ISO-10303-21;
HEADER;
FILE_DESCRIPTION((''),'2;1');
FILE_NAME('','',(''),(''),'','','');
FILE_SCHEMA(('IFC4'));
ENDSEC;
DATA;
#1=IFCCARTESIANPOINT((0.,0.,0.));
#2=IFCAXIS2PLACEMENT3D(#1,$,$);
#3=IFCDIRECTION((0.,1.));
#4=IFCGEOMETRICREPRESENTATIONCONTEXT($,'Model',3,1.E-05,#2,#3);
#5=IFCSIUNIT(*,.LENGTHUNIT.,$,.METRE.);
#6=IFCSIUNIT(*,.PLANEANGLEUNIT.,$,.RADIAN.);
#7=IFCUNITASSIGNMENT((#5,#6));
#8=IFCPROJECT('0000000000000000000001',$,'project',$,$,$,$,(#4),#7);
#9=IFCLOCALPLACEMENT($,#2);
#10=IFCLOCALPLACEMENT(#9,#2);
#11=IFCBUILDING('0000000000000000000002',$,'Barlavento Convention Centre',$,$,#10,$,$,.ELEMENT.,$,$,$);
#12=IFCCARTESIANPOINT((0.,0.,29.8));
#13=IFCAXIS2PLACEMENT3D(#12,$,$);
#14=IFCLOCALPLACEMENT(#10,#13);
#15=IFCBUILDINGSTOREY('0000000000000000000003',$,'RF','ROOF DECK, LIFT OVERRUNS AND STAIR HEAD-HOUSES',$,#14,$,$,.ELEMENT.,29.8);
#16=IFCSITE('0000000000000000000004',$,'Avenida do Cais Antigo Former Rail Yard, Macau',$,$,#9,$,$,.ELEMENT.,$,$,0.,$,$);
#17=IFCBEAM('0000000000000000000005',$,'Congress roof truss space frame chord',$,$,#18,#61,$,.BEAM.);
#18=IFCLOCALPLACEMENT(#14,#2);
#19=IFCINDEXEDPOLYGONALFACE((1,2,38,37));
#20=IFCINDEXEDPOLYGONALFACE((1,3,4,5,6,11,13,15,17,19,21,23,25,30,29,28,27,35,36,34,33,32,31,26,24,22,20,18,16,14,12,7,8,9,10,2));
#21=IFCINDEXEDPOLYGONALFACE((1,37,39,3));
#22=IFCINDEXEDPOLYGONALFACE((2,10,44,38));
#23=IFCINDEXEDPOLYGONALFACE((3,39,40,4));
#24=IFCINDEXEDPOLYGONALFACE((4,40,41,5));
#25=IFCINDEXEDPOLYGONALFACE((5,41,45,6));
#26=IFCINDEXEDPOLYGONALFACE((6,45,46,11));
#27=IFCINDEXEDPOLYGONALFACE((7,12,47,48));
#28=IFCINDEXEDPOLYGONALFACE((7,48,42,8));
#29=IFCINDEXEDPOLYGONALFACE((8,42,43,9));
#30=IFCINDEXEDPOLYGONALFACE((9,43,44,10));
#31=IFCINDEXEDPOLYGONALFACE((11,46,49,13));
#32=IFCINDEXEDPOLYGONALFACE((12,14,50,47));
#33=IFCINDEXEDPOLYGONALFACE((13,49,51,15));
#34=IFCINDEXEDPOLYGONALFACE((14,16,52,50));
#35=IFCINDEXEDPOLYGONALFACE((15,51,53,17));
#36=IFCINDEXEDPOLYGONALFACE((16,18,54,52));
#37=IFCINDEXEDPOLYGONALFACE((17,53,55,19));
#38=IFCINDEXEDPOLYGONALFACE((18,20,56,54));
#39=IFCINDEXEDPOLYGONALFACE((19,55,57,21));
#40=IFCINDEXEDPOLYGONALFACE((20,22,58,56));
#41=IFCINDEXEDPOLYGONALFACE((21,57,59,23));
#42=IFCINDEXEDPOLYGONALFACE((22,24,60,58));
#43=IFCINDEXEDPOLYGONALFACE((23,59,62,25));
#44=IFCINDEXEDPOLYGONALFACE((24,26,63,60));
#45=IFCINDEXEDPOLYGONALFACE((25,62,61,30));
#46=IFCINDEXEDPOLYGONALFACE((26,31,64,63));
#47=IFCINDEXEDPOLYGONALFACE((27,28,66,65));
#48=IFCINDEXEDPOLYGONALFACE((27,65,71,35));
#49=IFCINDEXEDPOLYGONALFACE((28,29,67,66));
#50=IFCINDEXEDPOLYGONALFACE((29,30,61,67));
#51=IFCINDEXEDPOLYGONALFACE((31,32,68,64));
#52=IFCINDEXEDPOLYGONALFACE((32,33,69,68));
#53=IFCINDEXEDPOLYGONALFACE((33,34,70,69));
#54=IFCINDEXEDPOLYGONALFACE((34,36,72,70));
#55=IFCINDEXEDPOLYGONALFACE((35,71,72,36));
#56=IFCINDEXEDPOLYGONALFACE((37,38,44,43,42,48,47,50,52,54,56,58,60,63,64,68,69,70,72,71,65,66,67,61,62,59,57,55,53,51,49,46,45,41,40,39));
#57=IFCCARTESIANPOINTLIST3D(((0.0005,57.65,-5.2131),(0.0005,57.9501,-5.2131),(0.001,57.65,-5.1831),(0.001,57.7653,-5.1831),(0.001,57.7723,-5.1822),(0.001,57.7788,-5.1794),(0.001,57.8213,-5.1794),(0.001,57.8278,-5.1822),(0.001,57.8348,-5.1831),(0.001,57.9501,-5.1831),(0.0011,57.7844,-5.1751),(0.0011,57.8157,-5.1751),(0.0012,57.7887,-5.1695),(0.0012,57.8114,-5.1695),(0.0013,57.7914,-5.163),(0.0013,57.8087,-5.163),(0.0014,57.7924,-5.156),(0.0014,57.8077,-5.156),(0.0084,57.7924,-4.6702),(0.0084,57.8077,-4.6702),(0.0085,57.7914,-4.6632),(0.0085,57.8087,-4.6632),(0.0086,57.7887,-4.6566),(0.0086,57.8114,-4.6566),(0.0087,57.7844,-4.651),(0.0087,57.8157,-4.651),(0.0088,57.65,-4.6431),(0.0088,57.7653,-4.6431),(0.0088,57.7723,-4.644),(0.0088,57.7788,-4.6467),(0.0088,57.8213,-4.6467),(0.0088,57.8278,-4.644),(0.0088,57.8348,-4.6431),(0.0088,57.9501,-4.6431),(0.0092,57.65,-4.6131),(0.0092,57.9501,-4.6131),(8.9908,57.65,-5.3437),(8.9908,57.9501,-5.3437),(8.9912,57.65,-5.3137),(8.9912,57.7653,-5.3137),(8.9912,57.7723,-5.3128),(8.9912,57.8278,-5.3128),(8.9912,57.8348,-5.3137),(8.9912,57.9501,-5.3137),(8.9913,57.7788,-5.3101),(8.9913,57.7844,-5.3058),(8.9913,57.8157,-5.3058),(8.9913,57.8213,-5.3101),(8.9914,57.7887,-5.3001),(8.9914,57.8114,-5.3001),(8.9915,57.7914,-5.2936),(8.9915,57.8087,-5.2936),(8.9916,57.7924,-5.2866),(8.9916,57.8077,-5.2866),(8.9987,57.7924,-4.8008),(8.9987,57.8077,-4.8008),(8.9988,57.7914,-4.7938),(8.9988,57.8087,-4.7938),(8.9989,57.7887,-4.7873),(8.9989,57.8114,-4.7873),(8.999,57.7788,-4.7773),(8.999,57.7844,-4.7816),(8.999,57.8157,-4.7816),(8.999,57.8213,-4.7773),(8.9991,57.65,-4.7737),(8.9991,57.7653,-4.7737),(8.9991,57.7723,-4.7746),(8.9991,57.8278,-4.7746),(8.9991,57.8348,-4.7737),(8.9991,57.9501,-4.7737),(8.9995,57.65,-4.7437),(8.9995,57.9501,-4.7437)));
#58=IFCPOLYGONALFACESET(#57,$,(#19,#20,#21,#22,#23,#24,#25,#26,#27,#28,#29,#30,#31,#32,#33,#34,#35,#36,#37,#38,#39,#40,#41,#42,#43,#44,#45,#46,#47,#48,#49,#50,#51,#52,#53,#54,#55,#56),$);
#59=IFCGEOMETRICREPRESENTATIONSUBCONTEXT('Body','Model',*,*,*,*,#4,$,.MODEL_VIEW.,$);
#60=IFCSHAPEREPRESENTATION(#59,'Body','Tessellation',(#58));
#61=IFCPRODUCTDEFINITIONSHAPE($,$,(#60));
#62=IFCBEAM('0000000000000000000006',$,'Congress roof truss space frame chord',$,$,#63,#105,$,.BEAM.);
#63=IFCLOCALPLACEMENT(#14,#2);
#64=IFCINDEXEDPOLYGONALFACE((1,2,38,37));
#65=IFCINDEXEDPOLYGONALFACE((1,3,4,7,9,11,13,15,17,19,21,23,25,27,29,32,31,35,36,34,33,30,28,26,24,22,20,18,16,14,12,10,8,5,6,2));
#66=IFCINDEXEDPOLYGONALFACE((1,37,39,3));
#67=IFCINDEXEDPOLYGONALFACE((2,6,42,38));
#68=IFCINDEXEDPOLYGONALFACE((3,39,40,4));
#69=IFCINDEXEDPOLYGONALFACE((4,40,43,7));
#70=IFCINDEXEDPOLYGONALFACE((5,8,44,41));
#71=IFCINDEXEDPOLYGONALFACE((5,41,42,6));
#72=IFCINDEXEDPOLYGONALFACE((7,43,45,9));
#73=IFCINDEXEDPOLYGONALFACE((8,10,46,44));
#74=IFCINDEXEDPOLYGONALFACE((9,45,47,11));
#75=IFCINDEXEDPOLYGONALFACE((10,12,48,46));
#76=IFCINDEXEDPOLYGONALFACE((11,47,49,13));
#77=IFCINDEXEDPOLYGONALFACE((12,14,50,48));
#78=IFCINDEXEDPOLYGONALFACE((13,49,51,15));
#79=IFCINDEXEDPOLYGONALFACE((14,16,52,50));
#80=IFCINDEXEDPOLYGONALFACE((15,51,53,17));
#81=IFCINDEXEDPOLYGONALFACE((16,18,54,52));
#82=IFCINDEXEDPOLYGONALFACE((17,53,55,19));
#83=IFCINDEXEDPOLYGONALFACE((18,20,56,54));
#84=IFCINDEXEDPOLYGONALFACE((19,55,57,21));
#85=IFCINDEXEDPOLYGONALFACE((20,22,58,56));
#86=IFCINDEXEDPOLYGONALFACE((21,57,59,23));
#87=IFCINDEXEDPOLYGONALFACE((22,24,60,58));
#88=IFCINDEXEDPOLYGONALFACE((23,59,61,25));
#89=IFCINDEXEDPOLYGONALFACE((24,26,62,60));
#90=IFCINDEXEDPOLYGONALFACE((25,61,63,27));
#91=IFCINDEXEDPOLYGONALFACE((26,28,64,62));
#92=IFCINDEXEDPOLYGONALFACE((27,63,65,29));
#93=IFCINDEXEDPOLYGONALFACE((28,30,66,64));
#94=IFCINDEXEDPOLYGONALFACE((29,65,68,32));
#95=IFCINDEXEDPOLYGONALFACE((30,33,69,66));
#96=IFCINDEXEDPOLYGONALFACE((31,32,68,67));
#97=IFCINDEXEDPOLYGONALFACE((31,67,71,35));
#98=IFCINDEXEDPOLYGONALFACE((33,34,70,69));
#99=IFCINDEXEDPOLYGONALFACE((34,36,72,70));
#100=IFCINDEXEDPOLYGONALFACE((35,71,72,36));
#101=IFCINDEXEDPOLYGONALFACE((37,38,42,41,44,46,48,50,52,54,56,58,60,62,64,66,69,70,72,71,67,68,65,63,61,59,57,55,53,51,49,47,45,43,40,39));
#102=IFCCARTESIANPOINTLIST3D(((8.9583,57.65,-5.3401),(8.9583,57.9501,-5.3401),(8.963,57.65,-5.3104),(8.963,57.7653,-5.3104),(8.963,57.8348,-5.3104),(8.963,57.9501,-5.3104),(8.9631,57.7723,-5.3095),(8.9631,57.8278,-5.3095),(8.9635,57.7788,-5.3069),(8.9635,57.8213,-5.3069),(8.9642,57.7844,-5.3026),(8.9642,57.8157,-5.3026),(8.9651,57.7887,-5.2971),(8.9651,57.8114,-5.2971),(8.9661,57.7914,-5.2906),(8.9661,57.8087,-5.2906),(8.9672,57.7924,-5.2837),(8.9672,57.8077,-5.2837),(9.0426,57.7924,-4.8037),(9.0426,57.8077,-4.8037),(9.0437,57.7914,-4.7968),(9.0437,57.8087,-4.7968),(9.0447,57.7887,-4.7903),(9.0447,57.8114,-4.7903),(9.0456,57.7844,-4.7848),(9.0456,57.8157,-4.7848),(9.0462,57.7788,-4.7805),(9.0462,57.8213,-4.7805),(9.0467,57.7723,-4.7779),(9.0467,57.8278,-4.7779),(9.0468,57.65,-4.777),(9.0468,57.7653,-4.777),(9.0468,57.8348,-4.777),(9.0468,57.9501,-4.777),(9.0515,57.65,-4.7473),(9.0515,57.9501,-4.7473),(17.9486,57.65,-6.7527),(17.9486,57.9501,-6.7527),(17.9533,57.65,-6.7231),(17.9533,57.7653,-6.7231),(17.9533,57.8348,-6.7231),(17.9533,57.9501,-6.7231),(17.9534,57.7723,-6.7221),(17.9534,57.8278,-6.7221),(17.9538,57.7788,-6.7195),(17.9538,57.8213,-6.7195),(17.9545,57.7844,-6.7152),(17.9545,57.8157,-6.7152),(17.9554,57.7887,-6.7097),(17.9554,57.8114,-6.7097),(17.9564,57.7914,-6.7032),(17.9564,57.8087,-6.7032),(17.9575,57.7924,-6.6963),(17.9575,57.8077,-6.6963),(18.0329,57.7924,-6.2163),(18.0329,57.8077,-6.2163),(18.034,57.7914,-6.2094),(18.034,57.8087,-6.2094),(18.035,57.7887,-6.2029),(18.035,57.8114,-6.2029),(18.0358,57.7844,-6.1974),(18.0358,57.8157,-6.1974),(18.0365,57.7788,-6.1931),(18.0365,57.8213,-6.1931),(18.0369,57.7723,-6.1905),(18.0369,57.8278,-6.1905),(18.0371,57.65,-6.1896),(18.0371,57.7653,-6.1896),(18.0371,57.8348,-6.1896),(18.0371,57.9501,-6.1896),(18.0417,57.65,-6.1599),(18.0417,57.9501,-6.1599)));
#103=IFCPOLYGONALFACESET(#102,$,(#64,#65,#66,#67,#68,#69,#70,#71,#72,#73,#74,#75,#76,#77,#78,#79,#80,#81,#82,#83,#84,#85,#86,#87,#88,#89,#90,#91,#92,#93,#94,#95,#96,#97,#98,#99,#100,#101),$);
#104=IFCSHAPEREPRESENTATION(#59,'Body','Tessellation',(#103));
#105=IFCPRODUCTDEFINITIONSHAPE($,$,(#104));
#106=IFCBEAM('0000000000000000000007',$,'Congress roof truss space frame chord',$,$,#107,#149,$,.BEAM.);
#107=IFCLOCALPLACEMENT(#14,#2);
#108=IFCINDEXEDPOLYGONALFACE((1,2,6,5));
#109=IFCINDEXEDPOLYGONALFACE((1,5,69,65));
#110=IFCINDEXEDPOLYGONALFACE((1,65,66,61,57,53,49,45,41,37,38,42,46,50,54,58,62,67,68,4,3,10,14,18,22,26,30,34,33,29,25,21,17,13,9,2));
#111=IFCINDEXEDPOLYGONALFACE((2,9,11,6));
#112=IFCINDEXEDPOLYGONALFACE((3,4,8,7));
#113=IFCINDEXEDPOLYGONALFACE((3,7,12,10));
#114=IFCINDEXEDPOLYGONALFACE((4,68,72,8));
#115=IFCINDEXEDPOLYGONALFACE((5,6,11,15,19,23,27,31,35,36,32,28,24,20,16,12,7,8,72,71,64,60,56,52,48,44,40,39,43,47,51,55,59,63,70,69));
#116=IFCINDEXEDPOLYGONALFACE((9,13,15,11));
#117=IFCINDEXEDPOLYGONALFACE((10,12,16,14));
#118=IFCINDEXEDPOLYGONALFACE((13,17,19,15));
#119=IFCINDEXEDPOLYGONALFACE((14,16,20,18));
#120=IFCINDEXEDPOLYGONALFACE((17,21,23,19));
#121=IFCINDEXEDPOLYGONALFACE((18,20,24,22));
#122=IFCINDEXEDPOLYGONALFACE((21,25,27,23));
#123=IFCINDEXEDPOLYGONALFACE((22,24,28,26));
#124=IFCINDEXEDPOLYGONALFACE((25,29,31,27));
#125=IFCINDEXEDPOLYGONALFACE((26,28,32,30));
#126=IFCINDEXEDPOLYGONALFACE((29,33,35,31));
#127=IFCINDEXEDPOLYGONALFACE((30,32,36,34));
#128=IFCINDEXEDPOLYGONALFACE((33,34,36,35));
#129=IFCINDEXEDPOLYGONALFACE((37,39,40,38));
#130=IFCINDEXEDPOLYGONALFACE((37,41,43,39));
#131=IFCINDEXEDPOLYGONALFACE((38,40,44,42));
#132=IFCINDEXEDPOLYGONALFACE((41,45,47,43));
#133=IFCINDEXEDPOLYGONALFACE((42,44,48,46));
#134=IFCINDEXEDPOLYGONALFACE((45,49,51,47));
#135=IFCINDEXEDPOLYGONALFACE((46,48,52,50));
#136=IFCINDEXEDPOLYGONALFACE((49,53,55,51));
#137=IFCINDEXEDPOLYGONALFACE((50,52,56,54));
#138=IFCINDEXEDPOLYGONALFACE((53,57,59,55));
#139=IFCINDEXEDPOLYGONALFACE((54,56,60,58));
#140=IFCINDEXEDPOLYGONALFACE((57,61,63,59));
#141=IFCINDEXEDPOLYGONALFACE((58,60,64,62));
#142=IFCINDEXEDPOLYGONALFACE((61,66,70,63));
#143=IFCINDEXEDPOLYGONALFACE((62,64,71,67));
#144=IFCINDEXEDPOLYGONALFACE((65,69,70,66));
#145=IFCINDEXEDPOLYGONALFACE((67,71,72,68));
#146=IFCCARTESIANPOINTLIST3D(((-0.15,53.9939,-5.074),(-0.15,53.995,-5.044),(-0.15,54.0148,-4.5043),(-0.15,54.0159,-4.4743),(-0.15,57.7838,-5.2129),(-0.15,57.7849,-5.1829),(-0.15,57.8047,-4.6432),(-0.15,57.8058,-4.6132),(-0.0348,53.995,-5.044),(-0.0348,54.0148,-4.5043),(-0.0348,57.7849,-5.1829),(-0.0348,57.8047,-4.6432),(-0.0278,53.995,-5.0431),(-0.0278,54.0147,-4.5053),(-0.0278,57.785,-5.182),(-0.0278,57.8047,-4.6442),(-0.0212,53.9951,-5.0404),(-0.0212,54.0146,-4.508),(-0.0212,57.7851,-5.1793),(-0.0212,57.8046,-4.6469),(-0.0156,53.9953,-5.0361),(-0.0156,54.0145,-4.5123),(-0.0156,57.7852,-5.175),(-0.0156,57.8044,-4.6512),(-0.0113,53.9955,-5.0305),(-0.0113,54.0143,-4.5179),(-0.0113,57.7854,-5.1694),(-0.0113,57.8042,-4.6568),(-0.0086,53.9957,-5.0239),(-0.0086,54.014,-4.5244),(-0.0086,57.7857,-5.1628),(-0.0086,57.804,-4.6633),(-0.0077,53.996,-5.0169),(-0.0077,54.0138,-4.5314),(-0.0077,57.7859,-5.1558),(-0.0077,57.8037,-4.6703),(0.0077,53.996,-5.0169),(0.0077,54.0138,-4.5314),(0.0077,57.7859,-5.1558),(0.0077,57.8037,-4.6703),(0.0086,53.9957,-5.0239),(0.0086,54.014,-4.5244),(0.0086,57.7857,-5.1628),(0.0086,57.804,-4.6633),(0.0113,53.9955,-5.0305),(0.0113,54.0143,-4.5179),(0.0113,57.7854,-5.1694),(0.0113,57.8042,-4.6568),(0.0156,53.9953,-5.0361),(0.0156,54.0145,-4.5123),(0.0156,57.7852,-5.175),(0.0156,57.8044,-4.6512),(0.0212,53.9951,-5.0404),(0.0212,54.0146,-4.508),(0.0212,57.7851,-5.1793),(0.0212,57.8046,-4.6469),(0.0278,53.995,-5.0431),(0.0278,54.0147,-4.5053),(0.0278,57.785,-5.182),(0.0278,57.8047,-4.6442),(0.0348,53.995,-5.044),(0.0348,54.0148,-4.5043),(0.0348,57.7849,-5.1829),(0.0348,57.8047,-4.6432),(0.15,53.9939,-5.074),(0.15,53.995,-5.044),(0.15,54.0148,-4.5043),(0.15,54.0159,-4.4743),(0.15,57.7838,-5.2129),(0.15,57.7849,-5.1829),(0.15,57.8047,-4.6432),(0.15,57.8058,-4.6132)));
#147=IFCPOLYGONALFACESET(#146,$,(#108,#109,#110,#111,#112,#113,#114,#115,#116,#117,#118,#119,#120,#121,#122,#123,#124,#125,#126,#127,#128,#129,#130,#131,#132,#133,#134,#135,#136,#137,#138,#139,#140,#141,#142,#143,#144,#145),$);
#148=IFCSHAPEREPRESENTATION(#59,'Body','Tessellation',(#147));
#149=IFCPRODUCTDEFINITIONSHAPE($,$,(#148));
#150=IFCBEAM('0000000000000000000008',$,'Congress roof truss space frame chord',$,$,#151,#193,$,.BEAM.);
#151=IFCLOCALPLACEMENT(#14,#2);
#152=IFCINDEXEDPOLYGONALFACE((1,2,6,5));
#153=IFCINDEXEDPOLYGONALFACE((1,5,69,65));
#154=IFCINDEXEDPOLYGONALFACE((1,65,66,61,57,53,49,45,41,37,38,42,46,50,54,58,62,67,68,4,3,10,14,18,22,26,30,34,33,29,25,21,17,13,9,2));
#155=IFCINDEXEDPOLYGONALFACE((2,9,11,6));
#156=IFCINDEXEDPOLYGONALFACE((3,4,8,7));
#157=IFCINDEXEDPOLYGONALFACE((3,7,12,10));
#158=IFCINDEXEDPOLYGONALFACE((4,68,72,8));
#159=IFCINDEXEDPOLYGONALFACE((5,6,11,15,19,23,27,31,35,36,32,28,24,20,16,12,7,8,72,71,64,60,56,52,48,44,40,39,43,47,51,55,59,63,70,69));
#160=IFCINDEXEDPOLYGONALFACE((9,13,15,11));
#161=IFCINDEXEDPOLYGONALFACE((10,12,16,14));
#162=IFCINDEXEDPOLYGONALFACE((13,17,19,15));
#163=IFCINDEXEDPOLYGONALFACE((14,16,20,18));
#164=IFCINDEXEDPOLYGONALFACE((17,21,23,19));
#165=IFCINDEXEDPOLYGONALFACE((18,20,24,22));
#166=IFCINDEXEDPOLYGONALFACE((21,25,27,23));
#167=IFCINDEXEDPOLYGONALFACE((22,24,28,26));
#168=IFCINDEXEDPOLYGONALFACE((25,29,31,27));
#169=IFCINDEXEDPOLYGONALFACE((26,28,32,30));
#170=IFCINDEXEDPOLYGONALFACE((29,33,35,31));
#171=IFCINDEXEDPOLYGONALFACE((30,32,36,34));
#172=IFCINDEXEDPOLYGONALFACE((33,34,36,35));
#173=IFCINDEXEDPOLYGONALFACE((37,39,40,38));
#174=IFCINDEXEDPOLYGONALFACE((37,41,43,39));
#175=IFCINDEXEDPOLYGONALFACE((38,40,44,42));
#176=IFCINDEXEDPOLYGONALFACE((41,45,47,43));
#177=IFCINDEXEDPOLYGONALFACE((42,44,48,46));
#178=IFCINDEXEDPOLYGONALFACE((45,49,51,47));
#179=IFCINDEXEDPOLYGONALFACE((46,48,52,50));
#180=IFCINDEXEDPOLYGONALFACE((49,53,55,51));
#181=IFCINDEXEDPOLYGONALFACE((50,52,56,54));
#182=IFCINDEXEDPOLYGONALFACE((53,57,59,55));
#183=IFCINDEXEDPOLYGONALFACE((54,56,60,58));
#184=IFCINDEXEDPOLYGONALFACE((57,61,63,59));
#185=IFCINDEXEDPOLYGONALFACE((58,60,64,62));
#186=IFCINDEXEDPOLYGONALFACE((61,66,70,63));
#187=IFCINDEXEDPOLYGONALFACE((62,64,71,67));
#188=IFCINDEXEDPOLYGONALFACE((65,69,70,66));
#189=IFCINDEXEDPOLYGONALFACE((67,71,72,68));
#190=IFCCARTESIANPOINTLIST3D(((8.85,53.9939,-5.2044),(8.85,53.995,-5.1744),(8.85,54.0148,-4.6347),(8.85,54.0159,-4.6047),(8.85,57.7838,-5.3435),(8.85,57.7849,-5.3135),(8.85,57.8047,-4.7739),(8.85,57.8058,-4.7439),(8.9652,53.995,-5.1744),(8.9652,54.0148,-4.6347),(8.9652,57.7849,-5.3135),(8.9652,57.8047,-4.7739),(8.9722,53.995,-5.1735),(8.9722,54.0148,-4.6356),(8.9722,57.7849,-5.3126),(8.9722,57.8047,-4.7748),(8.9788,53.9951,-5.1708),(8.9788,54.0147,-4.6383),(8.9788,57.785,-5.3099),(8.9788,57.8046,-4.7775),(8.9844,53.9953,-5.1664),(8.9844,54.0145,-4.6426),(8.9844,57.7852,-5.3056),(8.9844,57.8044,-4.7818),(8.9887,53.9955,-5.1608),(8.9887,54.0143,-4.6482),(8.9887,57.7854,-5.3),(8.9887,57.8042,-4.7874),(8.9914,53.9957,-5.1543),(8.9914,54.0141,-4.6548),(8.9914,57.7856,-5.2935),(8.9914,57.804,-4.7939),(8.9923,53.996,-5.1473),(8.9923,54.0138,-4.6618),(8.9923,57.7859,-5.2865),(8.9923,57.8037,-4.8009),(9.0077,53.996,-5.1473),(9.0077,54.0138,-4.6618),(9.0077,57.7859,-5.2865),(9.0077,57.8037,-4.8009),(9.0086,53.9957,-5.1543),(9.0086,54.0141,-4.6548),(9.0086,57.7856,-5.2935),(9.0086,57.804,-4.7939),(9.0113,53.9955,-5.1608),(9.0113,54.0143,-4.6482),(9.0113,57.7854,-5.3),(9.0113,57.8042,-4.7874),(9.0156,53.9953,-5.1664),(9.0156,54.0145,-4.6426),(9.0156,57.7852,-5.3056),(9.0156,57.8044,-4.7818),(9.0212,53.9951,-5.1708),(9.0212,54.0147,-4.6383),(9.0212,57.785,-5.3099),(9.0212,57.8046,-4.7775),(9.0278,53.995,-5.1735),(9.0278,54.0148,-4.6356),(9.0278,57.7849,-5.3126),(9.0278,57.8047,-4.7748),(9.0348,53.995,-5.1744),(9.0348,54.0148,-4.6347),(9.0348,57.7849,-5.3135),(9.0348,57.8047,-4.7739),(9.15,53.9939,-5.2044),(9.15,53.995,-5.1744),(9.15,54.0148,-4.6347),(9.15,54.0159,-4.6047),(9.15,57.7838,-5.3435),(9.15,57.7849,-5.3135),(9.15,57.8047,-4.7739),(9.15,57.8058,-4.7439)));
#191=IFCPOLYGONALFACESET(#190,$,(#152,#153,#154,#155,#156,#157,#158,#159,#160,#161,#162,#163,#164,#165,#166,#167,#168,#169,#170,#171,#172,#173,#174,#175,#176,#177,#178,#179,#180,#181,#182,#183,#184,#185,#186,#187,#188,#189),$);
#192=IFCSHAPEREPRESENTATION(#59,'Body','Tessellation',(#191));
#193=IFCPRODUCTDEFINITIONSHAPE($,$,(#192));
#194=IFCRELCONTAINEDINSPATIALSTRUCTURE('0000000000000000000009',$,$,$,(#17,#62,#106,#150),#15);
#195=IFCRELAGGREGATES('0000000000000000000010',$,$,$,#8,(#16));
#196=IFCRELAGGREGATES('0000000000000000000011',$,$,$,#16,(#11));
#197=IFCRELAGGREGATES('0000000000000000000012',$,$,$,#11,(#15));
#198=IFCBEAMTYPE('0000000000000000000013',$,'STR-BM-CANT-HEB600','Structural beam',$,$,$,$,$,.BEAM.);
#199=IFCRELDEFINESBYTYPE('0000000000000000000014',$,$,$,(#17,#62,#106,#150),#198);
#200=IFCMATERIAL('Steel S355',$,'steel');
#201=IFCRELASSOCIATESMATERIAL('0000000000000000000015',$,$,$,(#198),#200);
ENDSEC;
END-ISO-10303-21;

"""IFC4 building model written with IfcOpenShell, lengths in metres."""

from ifc_helpers import new_model, si_unit, direction, frame, origin, origin_2d, place, context, subcontext, project, spatial, i_section, extrude, material, material_profile, profile_set, type_object, element, save


model = new_model("IFC4")

# Units and contexts
model_context = context("Model", 3, precision=1e-05, world=origin(), true_north=direction((0.0, 1.0)))
body_context = subcontext(model_context, "Body", "Model", "MODEL_VIEW")
ifc_project = project(units=[si_unit("LENGTHUNIT", "METRE"), si_unit("PLANEANGLEUNIT", "RADIAN")], contexts=[model_context])

# Site, building, storey
site_placement = place(None, origin())
site = spatial("IfcSite", under=ifc_project, at=site_placement, Name="Avenida do Cais Antigo Former Rail Yard, Macau", CompositionType="ELEMENT", RefElevation=0.0)
building_placement = place(site_placement, origin())
building = spatial("IfcBuilding", under=site, at=building_placement, Name="Barlavento Convention Centre", CompositionType="ELEMENT")
storey_placement = place(building_placement, frame((0.0, 0.0, 29.8)))
storey = spatial("IfcBuildingStorey", under=building, at=storey_placement, Name="RF", Description="ROOF DECK, LIFT OVERRUNS AND STAIR HEAD-HOUSES", CompositionType="ELEMENT", Elevation=29.8)

# Beams
ifc_material_1 = material(Name="Steel S355", Category="steel")
ifc_material_profile_1 = material_profile(ifc_material_1, i_section(OverallWidth=0.3, OverallDepth=0.6001, WebThickness=0.0154, FlangeThickness=0.03, FilletRadius=0.0271, at=origin_2d()), Name="HEB 600")
ifc_profile_set_1 = profile_set([ifc_material_profile_1], Name="Steel S355")
beam_type_1 = type_object("IfcBeamType", Name="STR-BM-CANT-HEB600", Description="Structural beam", PredefinedType="BEAM", material=ifc_profile_set_1)
beam_1_placement = place(storey_placement, frame((0.0049, 57.8, -4.9131), z_axis=(0.999894, 0.0, -0.014527), x_axis=(0.0, 1.0, 0.0)))
element("IfcBeam", 1, at=beam_1_placement, inside=storey, type_object=beam_type_1, Name="Congress roof truss space frame chord", PredefinedType="BEAM", context=body_context, shape_type="SweptSolid", body=[
    extrude(i_section(OverallWidth=0.3, OverallDepth=0.6001, WebThickness=0.0154, FlangeThickness=0.03, FilletRadius=0.0271, at=origin_2d()), origin(), (0.0, 0.0, 1.0), 8.9912),
])
beam_2_placement = place(storey_placement, frame((9.0049, 57.8, -5.0437), z_axis=(0.98788, 0.0, -0.155221), x_axis=(0.0, 1.0, 0.0)))
element("IfcBeam", 2, at=beam_2_placement, inside=storey, type_object=beam_type_1, Name="Congress roof truss space frame chord", PredefinedType="BEAM", context=body_context, shape_type="SweptSolid", body=[
    extrude(i_section(OverallWidth=0.3, OverallDepth=0.6001, WebThickness=0.0154, FlangeThickness=0.03, FilletRadius=0.0271, at=origin_2d()), origin(), (0.0, 0.0, 1.0), 9.1006),
])
for number, where, z_axis, x_axis, name in (
    (3, (0.0, 54.0049, -4.7742), (0.0, 0.999329, -0.036628), (-1.0, 0.0, 0.0), "Congress roof truss space frame chord"),
    (4, (9.0, 54.0049, -4.9045), (0.0, 0.999327, -0.036693), (-1.0, 0.0, 0.0), "Congress roof truss space frame chord"),
):
    element("IfcBeam", number, at=place(storey_placement, frame(where, z_axis=z_axis, x_axis=x_axis)), inside=storey, type_object=beam_type_1, Name=name, PredefinedType="BEAM", context=body_context, shape_type="SweptSolid", body=[
        extrude(i_section(OverallWidth=0.3, OverallDepth=0.6001, WebThickness=0.0154, FlangeThickness=0.03, FilletRadius=0.0271, at=origin_2d()), origin(), (0.0, 0.0, 1.0), 3.7925),
    ])

save(model, "model.ifc")
